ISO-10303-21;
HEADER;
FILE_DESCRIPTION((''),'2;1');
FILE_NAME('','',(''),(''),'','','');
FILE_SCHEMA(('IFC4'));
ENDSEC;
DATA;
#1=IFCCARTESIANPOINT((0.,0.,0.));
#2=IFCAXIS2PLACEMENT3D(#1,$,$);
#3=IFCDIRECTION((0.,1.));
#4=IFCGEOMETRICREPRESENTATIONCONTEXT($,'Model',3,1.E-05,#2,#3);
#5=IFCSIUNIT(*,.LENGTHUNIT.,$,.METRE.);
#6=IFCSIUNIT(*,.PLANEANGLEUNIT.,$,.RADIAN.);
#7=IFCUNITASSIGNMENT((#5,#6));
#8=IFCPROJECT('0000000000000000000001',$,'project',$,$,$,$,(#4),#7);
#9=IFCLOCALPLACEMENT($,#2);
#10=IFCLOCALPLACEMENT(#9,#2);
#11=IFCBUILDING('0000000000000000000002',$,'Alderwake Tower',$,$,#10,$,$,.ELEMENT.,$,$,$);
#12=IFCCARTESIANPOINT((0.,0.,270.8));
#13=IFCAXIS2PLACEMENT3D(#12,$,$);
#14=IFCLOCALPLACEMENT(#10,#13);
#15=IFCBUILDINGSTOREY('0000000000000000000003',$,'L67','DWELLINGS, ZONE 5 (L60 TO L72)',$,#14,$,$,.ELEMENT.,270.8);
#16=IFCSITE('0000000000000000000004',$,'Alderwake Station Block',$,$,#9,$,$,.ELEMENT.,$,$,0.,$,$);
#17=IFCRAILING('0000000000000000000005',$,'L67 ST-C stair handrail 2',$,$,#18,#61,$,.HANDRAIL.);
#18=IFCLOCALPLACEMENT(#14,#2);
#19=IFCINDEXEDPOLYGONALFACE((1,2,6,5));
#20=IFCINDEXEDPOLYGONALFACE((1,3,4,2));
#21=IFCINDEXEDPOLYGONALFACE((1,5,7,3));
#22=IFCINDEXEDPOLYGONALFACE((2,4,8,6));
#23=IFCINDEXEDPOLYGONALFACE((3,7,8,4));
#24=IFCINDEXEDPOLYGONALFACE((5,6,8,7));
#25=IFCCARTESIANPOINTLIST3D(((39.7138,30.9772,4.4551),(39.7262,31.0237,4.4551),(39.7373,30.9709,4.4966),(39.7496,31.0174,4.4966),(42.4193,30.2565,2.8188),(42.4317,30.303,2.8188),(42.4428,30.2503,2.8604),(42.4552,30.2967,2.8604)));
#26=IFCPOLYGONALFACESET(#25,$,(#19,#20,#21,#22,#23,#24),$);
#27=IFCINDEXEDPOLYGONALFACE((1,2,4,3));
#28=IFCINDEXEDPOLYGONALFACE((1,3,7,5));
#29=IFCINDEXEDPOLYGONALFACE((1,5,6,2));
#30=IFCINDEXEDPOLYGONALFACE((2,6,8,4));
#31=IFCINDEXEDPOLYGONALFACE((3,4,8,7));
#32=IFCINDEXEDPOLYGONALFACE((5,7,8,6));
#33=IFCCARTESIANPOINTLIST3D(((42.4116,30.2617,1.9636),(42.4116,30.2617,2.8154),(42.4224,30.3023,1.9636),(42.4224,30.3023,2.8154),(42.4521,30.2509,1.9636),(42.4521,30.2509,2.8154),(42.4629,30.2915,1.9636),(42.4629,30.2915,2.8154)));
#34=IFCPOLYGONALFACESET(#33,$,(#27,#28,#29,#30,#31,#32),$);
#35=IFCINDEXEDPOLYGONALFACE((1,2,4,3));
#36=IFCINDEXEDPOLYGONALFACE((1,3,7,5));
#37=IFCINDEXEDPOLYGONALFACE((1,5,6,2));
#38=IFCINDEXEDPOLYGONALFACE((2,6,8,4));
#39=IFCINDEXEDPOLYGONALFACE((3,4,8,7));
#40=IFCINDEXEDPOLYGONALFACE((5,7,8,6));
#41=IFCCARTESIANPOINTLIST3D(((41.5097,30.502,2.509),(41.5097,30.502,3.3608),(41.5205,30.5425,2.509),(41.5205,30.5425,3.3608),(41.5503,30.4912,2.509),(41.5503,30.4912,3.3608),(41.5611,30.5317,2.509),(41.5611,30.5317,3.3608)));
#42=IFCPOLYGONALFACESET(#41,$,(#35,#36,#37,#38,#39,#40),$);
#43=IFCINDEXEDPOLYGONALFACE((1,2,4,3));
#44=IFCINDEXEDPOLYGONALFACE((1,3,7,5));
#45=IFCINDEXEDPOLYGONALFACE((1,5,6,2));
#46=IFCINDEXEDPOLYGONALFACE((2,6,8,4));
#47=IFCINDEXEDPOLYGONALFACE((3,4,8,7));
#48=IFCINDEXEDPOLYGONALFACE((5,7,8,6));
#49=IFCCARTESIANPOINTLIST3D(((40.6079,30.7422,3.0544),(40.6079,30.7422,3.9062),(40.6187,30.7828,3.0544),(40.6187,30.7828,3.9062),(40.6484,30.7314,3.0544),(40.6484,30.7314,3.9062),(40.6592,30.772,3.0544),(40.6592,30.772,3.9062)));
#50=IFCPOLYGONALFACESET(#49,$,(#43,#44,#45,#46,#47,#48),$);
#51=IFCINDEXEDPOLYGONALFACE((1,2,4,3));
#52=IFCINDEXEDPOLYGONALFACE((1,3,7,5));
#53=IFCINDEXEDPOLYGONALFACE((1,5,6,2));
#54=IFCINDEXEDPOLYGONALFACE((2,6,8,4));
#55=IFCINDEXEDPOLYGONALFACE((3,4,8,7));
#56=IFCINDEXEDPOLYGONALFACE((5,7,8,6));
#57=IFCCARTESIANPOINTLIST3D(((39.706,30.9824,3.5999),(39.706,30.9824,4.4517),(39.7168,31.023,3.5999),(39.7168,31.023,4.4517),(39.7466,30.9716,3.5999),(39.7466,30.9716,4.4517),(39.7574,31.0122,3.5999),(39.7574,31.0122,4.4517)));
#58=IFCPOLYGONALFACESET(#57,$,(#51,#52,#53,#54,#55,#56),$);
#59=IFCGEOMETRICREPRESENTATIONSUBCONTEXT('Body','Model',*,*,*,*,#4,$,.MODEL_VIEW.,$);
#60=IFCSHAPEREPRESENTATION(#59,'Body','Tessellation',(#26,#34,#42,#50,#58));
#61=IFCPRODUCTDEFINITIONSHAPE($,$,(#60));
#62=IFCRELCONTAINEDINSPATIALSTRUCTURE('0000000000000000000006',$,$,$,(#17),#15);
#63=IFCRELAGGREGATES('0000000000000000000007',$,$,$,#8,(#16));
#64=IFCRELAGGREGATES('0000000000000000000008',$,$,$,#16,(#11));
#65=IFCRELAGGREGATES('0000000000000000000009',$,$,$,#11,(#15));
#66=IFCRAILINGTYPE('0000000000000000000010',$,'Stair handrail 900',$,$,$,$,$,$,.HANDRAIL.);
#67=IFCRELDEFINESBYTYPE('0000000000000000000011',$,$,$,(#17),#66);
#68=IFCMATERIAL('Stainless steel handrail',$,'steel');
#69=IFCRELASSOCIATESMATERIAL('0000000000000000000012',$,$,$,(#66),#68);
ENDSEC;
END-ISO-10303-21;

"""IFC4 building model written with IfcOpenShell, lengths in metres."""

from ifc_helpers import new_model, si_unit, direction, frame, origin, origin_2d, place, context, subcontext, project, spatial, rectangle, extrude, material, type_object, element, save


model = new_model("IFC4")

# Units and contexts
model_context = context("Model", 3, precision=1e-05, world=origin(), true_north=direction((0.0, 1.0)))
body_context = subcontext(model_context, "Body", "Model", "MODEL_VIEW")
ifc_project = project(units=[si_unit("LENGTHUNIT", "METRE"), si_unit("PLANEANGLEUNIT", "RADIAN")], contexts=[model_context])

# Site, building, storey
site_placement = place(None, origin())
site = spatial("IfcSite", under=ifc_project, at=site_placement, Name="Alderwake Station Block", CompositionType="ELEMENT", RefElevation=0.0)
building_placement = place(site_placement, origin())
building = spatial("IfcBuilding", under=site, at=building_placement, Name="Alderwake Tower", CompositionType="ELEMENT")
storey_placement = place(building_placement, frame((0.0, 0.0, 270.8)))
storey = spatial("IfcBuildingStorey", under=building, at=storey_placement, Name="L67", Description="DWELLINGS, ZONE 5 (L60 TO L72)", CompositionType="ELEMENT", Elevation=270.8)

# Railing
ifc_material_1 = material(Name="Stainless steel handrail", Category="steel")
railing_type_1 = type_object("IfcRailingType", Name="Stair handrail 900", PredefinedType="HANDRAIL", material=ifc_material_1)
railing_1_placement = place(storey_placement, frame((42.4373, 30.2766, 1.9636)))
element("IfcRailing", 1, at=railing_1_placement, inside=storey, type_object=railing_type_1, Name="L67 ST-C stair handrail 2", PredefinedType="HANDRAIL", context=body_context, shape_type="SweptSolid", body=[
    extrude(rectangle(XDim=0.0481, YDim=0.0481, at=origin_2d()), frame((0.0, 0.0, 0.876), z_axis=(-0.834291, 0.222237, 0.504549), x_axis=(-0.257402, -0.966304, 0.0)), (0.0, 0.0, 1.0), 3.2429),
    extrude(rectangle(XDim=0.042, YDim=0.042, at=origin_2d()), frame((0.0, 0.0, 0.0), z_axis=(0.0, 0.0, 1.0), x_axis=(-0.966304, 0.257402, 0.0)), (0.0, 0.0, 1.0), 0.8518),
    extrude(rectangle(XDim=0.042, YDim=0.042, at=origin_2d()), frame((-0.9019, 0.2402, 0.5454), z_axis=(0.0, 0.0, 1.0), x_axis=(-0.966304, 0.257402, 0.0)), (0.0, 0.0, 1.0), 0.8518),
    extrude(rectangle(XDim=0.042, YDim=0.042, at=origin_2d()), frame((-1.8037, 0.4805, 1.0908), z_axis=(0.0, 0.0, 1.0), x_axis=(-0.966304, 0.257402, 0.0)), (0.0, 0.0, 1.0), 0.8518),
    extrude(rectangle(XDim=0.042, YDim=0.042, at=origin_2d()), frame((-2.7056, 0.7207, 1.6362), z_axis=(0.0, 0.0, 1.0), x_axis=(-0.966304, 0.257402, 0.0)), (0.0, 0.0, 1.0), 0.8518),
])

save(model, "model.ifc")
